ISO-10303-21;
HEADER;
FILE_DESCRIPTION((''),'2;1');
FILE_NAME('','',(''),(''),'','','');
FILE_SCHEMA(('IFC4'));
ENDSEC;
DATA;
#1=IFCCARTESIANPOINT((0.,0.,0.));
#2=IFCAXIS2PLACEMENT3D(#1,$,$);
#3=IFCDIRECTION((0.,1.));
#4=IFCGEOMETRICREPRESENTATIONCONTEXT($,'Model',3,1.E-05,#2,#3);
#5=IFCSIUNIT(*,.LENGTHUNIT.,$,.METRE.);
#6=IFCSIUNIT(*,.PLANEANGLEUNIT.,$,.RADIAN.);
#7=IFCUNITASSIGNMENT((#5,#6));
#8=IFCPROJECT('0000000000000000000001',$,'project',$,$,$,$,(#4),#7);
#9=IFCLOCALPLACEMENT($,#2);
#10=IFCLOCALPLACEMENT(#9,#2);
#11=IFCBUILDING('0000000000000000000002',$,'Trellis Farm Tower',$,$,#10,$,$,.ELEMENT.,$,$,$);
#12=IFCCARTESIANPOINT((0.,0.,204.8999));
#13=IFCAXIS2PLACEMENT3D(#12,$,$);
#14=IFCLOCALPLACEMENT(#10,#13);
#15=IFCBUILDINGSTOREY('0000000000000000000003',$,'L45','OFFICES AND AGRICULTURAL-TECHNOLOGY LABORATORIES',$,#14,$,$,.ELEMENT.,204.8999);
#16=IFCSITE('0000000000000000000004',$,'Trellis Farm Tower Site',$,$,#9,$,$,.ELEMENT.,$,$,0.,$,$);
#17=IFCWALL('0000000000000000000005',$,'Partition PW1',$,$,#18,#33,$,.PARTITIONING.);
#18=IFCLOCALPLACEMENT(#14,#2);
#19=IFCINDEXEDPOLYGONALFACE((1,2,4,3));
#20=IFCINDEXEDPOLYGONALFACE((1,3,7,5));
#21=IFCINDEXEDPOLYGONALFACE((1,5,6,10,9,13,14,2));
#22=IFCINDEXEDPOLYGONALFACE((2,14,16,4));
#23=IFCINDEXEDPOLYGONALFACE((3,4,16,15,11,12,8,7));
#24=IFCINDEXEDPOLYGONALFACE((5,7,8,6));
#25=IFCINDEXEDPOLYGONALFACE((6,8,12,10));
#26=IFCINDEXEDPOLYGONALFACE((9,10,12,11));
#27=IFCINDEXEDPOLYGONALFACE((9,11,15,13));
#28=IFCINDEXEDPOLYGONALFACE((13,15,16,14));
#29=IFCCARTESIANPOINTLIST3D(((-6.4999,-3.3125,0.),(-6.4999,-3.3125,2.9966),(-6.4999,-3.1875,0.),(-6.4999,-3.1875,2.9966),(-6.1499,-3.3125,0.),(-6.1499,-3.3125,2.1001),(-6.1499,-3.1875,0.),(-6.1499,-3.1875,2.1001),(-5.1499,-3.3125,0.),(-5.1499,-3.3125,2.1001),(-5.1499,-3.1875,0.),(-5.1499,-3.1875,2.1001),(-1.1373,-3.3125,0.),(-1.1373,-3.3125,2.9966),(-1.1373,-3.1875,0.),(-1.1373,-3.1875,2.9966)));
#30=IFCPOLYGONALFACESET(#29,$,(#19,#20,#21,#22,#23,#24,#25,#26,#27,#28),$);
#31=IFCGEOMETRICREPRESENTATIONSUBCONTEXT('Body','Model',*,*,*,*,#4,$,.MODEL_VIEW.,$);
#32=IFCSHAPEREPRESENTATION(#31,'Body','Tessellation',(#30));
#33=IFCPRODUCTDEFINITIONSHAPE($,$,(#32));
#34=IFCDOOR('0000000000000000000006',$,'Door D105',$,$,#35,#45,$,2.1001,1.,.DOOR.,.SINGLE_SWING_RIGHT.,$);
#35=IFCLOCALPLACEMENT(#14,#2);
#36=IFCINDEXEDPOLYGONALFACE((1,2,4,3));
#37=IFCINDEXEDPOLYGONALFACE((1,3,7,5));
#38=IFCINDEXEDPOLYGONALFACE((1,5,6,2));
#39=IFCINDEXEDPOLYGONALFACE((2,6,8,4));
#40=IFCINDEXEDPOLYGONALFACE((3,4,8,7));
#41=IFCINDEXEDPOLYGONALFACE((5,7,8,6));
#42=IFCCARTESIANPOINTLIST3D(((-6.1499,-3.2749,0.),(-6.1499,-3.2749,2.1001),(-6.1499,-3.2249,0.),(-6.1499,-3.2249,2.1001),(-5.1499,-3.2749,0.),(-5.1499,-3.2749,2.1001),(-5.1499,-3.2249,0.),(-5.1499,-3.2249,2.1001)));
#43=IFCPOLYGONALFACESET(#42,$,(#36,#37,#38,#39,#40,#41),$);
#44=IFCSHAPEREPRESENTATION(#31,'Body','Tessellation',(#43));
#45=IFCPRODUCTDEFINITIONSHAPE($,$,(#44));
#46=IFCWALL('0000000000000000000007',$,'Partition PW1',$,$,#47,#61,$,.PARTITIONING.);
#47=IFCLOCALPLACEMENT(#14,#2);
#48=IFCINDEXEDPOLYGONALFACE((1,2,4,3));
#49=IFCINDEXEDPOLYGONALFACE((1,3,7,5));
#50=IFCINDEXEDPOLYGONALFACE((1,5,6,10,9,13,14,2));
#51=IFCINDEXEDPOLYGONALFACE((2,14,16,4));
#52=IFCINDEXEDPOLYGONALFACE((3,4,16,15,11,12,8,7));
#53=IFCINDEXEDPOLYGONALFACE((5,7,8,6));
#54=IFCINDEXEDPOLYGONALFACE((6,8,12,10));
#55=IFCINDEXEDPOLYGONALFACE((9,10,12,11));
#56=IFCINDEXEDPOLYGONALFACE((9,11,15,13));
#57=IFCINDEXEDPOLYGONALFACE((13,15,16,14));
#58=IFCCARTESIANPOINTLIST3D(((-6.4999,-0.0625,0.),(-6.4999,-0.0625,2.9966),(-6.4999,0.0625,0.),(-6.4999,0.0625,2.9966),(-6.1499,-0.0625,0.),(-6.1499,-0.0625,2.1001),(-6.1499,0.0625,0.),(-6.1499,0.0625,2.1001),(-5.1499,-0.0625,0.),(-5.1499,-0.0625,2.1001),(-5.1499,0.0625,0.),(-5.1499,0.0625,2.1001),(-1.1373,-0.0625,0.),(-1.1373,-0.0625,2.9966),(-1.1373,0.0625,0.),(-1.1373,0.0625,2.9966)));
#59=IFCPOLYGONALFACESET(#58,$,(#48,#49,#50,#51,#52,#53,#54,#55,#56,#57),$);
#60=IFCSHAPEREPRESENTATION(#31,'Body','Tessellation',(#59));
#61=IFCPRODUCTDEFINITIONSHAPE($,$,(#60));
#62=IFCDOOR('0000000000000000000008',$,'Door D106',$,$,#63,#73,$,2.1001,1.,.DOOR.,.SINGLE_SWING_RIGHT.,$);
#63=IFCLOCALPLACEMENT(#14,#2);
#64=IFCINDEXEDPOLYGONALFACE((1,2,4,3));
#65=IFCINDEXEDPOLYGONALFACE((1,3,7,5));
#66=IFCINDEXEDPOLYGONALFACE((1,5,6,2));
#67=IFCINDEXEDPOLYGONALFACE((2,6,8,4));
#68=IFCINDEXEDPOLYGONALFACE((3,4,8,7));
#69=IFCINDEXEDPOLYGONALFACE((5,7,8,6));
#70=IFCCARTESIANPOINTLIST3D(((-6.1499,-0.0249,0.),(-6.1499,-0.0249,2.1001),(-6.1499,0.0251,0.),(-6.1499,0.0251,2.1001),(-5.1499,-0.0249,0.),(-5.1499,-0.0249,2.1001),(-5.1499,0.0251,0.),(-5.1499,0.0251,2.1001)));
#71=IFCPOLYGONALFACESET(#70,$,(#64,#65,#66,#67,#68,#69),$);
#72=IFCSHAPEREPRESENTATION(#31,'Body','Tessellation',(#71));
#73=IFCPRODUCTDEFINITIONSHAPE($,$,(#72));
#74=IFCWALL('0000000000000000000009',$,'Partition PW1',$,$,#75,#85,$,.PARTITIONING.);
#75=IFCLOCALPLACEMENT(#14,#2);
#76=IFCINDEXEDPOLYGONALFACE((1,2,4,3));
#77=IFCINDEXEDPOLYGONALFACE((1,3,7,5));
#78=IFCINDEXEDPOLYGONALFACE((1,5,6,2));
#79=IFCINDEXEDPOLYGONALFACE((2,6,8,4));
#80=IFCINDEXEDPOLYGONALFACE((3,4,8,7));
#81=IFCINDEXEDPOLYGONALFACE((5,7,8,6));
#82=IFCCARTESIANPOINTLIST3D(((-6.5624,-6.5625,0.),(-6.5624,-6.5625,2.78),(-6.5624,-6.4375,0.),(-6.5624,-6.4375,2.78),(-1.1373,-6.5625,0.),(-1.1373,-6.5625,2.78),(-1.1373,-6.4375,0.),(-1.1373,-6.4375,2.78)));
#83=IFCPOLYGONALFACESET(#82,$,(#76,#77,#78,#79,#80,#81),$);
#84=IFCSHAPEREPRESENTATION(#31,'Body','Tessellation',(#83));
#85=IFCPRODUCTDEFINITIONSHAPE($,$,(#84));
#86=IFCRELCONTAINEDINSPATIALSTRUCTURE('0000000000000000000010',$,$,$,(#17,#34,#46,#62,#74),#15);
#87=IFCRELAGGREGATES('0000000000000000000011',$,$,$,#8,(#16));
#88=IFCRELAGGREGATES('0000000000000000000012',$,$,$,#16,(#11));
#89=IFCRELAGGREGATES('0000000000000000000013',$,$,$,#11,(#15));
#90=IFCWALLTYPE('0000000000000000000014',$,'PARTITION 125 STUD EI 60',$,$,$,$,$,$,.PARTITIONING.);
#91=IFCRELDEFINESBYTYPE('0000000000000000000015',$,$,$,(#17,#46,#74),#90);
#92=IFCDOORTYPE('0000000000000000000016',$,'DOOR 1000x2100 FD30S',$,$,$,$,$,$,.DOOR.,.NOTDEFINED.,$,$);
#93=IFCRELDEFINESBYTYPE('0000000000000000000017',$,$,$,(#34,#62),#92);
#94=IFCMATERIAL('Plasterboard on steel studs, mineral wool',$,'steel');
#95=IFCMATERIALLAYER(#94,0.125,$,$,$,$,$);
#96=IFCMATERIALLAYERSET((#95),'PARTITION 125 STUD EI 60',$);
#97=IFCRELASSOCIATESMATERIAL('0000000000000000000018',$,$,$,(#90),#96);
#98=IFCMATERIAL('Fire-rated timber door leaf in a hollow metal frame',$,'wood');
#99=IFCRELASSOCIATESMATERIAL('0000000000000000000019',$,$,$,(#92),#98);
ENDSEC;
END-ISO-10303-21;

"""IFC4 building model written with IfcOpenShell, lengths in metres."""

from ifc_helpers import new_model, si_unit, direction, frame, frame_2d, origin, place, context, subcontext, project, spatial, rectangle, extrude, source, transform, mapped, material, layer, layer_set, type_object, element, fill, save


model = new_model("IFC4")

# Units and contexts
model_context = context("Model", 3, precision=1e-05, world=origin(), true_north=direction((0.0, 1.0)))
body_context = subcontext(model_context, "Body", "Model", "MODEL_VIEW")
ifc_project = project(units=[si_unit("LENGTHUNIT", "METRE"), si_unit("PLANEANGLEUNIT", "RADIAN")], contexts=[model_context])

# Site, building, storey
site_placement = place(None, origin())
site = spatial("IfcSite", under=ifc_project, at=site_placement, Name="Trellis Farm Tower Site", CompositionType="ELEMENT", RefElevation=0.0)
building_placement = place(site_placement, origin())
building = spatial("IfcBuilding", under=site, at=building_placement, Name="Trellis Farm Tower", CompositionType="ELEMENT")
storey_placement = place(building_placement, frame((0.0, 0.0, 204.8999)))
storey = spatial("IfcBuildingStorey", under=building, at=storey_placement, Name="L45", Description="OFFICES AND AGRICULTURAL-TECHNOLOGY LABORATORIES", CompositionType="ELEMENT", Elevation=204.8999)

# Shared definitions
ifc_material_1 = material(Name="Plasterboard on steel studs, mineral wool", Category="steel")
ifc_layer_1 = layer(ifc_material_1, 0.125)
ifc_layer_set_1 = layer_set([ifc_layer_1], Name="PARTITION 125 STUD EI 60")
wall_type = type_object("IfcWallType", Name="PARTITION 125 STUD EI 60", PredefinedType="PARTITIONING", material=ifc_layer_set_1)

# Walls, openings, doors
shared_shape_1 = source(origin(), body_context, "Body", "SweptSolid", [
    extrude(rectangle(XDim=5.3625, YDim=0.125, at=frame_2d((2.6812, 0.0))), origin(), (0.0, 0.0, 1.0), 2.9966),
])
wall_1_placement = place(storey_placement, frame((-1.1375, -3.25, 0.0), z_axis=(0.0, 0.0, 1.0), x_axis=(-1.0, 0.0, 0.0)))
wall_1 = element("IfcWall", 1, at=wall_1_placement, inside=storey, type_object=wall_type, Name="Partition PW1", PredefinedType="PARTITIONING", context=body_context, shape_type="MappedRepresentation", body=[
    mapped(shared_shape_1, transform((0.0, 0.0, 0.0))),
])
shared_shape_2 = source(origin(), body_context, "Body", "SweptSolid", [
    extrude(rectangle(XDim=1.0, YDim=2.1001, at=frame_2d((0.5, 1.05))), frame((0.0, 0.0725, 0.0), z_axis=(0.0, -1.0, 0.0), x_axis=(1.0, 0.0, 0.0)), (0.0, 0.0, 1.0), 0.145),
])
opening_1_placement = place(wall_1_placement, frame((4.0125, 0.0, 0.0)))
opening_1 = element("IfcOpeningElement", 2, at=opening_1_placement, cuts=wall_1, PredefinedType="OPENING", context=body_context, shape_type="MappedRepresentation", body=[
    mapped(shared_shape_2, transform((0.0, 0.0, 0.0))),
])
ifc_material_2 = material(Name="Fire-rated timber door leaf in a hollow metal frame", Category="wood")
door_type = type_object("IfcDoorType", Name="DOOR 1000x2100 FD30S", OperationType="NOTDEFINED", PredefinedType="DOOR", material=ifc_material_2)
shared_shape_3 = source(origin(), body_context, "Body", "SweptSolid", [
    extrude(rectangle(XDim=1.0, YDim=2.1001, at=frame_2d((0.5, 1.05))), frame((0.0, 0.0249, 0.0), z_axis=(0.0, -1.0, 0.0), x_axis=(1.0, 0.0, 0.0)), (0.0, 0.0, 1.0), 0.05),
])
door_1_placement = place(opening_1_placement, origin())
door_1 = element("IfcDoor", 3, at=door_1_placement, inside=storey, type_object=door_type, Name="Door D105", OperationType="SINGLE_SWING_RIGHT", OverallHeight=2.1001, OverallWidth=1.0, PredefinedType="DOOR", context=body_context, shape_type="MappedRepresentation", body=[
    mapped(shared_shape_3, transform((0.0, 0.0, 0.0))),
])
fill(opening_1, door_1)
wall_2_placement = place(storey_placement, frame((-1.1375, 0.0, 0.0), z_axis=(0.0, 0.0, 1.0), x_axis=(-1.0, 0.0, 0.0)))
wall_2 = element("IfcWall", 4, at=wall_2_placement, inside=storey, type_object=wall_type, Name="Partition PW1", PredefinedType="PARTITIONING", context=body_context, shape_type="MappedRepresentation", body=[
    mapped(shared_shape_1, transform((0.0, 0.0, 0.0))),
])
opening_2_placement = place(wall_2_placement, frame((4.0125, 0.0, 0.0)))
opening_2 = element("IfcOpeningElement", 5, at=opening_2_placement, cuts=wall_2, PredefinedType="OPENING", context=body_context, shape_type="MappedRepresentation", body=[
    mapped(shared_shape_2, transform((0.0, 0.0, 0.0))),
])
door_2_placement = place(opening_2_placement, origin())
door_2 = element("IfcDoor", 6, at=door_2_placement, inside=storey, type_object=door_type, Name="Door D106", OperationType="SINGLE_SWING_RIGHT", OverallHeight=2.1001, OverallWidth=1.0, PredefinedType="DOOR", context=body_context, shape_type="MappedRepresentation", body=[
    mapped(shared_shape_3, transform((0.0, 0.0, 0.0))),
])
fill(opening_2, door_2)

# Wall
shared_shape_4 = source(origin(), body_context, "Body", "SweptSolid", [
    extrude(rectangle(XDim=5.425, YDim=0.125, at=frame_2d((2.7124, 0.0))), origin(), (0.0, 0.0, 1.0), 2.78),
])
wall_3_placement = place(storey_placement, frame((-1.1375, -6.5, 0.0), z_axis=(0.0, 0.0, 1.0), x_axis=(-1.0, 0.0, 0.0)))
element("IfcWall", 7, at=wall_3_placement, inside=storey, type_object=wall_type, Name="Partition PW1", PredefinedType="PARTITIONING", context=body_context, shape_type="MappedRepresentation", body=[
    mapped(shared_shape_4, transform((0.0, 0.0, 0.0))),
])

save(model, "model.ifc")
